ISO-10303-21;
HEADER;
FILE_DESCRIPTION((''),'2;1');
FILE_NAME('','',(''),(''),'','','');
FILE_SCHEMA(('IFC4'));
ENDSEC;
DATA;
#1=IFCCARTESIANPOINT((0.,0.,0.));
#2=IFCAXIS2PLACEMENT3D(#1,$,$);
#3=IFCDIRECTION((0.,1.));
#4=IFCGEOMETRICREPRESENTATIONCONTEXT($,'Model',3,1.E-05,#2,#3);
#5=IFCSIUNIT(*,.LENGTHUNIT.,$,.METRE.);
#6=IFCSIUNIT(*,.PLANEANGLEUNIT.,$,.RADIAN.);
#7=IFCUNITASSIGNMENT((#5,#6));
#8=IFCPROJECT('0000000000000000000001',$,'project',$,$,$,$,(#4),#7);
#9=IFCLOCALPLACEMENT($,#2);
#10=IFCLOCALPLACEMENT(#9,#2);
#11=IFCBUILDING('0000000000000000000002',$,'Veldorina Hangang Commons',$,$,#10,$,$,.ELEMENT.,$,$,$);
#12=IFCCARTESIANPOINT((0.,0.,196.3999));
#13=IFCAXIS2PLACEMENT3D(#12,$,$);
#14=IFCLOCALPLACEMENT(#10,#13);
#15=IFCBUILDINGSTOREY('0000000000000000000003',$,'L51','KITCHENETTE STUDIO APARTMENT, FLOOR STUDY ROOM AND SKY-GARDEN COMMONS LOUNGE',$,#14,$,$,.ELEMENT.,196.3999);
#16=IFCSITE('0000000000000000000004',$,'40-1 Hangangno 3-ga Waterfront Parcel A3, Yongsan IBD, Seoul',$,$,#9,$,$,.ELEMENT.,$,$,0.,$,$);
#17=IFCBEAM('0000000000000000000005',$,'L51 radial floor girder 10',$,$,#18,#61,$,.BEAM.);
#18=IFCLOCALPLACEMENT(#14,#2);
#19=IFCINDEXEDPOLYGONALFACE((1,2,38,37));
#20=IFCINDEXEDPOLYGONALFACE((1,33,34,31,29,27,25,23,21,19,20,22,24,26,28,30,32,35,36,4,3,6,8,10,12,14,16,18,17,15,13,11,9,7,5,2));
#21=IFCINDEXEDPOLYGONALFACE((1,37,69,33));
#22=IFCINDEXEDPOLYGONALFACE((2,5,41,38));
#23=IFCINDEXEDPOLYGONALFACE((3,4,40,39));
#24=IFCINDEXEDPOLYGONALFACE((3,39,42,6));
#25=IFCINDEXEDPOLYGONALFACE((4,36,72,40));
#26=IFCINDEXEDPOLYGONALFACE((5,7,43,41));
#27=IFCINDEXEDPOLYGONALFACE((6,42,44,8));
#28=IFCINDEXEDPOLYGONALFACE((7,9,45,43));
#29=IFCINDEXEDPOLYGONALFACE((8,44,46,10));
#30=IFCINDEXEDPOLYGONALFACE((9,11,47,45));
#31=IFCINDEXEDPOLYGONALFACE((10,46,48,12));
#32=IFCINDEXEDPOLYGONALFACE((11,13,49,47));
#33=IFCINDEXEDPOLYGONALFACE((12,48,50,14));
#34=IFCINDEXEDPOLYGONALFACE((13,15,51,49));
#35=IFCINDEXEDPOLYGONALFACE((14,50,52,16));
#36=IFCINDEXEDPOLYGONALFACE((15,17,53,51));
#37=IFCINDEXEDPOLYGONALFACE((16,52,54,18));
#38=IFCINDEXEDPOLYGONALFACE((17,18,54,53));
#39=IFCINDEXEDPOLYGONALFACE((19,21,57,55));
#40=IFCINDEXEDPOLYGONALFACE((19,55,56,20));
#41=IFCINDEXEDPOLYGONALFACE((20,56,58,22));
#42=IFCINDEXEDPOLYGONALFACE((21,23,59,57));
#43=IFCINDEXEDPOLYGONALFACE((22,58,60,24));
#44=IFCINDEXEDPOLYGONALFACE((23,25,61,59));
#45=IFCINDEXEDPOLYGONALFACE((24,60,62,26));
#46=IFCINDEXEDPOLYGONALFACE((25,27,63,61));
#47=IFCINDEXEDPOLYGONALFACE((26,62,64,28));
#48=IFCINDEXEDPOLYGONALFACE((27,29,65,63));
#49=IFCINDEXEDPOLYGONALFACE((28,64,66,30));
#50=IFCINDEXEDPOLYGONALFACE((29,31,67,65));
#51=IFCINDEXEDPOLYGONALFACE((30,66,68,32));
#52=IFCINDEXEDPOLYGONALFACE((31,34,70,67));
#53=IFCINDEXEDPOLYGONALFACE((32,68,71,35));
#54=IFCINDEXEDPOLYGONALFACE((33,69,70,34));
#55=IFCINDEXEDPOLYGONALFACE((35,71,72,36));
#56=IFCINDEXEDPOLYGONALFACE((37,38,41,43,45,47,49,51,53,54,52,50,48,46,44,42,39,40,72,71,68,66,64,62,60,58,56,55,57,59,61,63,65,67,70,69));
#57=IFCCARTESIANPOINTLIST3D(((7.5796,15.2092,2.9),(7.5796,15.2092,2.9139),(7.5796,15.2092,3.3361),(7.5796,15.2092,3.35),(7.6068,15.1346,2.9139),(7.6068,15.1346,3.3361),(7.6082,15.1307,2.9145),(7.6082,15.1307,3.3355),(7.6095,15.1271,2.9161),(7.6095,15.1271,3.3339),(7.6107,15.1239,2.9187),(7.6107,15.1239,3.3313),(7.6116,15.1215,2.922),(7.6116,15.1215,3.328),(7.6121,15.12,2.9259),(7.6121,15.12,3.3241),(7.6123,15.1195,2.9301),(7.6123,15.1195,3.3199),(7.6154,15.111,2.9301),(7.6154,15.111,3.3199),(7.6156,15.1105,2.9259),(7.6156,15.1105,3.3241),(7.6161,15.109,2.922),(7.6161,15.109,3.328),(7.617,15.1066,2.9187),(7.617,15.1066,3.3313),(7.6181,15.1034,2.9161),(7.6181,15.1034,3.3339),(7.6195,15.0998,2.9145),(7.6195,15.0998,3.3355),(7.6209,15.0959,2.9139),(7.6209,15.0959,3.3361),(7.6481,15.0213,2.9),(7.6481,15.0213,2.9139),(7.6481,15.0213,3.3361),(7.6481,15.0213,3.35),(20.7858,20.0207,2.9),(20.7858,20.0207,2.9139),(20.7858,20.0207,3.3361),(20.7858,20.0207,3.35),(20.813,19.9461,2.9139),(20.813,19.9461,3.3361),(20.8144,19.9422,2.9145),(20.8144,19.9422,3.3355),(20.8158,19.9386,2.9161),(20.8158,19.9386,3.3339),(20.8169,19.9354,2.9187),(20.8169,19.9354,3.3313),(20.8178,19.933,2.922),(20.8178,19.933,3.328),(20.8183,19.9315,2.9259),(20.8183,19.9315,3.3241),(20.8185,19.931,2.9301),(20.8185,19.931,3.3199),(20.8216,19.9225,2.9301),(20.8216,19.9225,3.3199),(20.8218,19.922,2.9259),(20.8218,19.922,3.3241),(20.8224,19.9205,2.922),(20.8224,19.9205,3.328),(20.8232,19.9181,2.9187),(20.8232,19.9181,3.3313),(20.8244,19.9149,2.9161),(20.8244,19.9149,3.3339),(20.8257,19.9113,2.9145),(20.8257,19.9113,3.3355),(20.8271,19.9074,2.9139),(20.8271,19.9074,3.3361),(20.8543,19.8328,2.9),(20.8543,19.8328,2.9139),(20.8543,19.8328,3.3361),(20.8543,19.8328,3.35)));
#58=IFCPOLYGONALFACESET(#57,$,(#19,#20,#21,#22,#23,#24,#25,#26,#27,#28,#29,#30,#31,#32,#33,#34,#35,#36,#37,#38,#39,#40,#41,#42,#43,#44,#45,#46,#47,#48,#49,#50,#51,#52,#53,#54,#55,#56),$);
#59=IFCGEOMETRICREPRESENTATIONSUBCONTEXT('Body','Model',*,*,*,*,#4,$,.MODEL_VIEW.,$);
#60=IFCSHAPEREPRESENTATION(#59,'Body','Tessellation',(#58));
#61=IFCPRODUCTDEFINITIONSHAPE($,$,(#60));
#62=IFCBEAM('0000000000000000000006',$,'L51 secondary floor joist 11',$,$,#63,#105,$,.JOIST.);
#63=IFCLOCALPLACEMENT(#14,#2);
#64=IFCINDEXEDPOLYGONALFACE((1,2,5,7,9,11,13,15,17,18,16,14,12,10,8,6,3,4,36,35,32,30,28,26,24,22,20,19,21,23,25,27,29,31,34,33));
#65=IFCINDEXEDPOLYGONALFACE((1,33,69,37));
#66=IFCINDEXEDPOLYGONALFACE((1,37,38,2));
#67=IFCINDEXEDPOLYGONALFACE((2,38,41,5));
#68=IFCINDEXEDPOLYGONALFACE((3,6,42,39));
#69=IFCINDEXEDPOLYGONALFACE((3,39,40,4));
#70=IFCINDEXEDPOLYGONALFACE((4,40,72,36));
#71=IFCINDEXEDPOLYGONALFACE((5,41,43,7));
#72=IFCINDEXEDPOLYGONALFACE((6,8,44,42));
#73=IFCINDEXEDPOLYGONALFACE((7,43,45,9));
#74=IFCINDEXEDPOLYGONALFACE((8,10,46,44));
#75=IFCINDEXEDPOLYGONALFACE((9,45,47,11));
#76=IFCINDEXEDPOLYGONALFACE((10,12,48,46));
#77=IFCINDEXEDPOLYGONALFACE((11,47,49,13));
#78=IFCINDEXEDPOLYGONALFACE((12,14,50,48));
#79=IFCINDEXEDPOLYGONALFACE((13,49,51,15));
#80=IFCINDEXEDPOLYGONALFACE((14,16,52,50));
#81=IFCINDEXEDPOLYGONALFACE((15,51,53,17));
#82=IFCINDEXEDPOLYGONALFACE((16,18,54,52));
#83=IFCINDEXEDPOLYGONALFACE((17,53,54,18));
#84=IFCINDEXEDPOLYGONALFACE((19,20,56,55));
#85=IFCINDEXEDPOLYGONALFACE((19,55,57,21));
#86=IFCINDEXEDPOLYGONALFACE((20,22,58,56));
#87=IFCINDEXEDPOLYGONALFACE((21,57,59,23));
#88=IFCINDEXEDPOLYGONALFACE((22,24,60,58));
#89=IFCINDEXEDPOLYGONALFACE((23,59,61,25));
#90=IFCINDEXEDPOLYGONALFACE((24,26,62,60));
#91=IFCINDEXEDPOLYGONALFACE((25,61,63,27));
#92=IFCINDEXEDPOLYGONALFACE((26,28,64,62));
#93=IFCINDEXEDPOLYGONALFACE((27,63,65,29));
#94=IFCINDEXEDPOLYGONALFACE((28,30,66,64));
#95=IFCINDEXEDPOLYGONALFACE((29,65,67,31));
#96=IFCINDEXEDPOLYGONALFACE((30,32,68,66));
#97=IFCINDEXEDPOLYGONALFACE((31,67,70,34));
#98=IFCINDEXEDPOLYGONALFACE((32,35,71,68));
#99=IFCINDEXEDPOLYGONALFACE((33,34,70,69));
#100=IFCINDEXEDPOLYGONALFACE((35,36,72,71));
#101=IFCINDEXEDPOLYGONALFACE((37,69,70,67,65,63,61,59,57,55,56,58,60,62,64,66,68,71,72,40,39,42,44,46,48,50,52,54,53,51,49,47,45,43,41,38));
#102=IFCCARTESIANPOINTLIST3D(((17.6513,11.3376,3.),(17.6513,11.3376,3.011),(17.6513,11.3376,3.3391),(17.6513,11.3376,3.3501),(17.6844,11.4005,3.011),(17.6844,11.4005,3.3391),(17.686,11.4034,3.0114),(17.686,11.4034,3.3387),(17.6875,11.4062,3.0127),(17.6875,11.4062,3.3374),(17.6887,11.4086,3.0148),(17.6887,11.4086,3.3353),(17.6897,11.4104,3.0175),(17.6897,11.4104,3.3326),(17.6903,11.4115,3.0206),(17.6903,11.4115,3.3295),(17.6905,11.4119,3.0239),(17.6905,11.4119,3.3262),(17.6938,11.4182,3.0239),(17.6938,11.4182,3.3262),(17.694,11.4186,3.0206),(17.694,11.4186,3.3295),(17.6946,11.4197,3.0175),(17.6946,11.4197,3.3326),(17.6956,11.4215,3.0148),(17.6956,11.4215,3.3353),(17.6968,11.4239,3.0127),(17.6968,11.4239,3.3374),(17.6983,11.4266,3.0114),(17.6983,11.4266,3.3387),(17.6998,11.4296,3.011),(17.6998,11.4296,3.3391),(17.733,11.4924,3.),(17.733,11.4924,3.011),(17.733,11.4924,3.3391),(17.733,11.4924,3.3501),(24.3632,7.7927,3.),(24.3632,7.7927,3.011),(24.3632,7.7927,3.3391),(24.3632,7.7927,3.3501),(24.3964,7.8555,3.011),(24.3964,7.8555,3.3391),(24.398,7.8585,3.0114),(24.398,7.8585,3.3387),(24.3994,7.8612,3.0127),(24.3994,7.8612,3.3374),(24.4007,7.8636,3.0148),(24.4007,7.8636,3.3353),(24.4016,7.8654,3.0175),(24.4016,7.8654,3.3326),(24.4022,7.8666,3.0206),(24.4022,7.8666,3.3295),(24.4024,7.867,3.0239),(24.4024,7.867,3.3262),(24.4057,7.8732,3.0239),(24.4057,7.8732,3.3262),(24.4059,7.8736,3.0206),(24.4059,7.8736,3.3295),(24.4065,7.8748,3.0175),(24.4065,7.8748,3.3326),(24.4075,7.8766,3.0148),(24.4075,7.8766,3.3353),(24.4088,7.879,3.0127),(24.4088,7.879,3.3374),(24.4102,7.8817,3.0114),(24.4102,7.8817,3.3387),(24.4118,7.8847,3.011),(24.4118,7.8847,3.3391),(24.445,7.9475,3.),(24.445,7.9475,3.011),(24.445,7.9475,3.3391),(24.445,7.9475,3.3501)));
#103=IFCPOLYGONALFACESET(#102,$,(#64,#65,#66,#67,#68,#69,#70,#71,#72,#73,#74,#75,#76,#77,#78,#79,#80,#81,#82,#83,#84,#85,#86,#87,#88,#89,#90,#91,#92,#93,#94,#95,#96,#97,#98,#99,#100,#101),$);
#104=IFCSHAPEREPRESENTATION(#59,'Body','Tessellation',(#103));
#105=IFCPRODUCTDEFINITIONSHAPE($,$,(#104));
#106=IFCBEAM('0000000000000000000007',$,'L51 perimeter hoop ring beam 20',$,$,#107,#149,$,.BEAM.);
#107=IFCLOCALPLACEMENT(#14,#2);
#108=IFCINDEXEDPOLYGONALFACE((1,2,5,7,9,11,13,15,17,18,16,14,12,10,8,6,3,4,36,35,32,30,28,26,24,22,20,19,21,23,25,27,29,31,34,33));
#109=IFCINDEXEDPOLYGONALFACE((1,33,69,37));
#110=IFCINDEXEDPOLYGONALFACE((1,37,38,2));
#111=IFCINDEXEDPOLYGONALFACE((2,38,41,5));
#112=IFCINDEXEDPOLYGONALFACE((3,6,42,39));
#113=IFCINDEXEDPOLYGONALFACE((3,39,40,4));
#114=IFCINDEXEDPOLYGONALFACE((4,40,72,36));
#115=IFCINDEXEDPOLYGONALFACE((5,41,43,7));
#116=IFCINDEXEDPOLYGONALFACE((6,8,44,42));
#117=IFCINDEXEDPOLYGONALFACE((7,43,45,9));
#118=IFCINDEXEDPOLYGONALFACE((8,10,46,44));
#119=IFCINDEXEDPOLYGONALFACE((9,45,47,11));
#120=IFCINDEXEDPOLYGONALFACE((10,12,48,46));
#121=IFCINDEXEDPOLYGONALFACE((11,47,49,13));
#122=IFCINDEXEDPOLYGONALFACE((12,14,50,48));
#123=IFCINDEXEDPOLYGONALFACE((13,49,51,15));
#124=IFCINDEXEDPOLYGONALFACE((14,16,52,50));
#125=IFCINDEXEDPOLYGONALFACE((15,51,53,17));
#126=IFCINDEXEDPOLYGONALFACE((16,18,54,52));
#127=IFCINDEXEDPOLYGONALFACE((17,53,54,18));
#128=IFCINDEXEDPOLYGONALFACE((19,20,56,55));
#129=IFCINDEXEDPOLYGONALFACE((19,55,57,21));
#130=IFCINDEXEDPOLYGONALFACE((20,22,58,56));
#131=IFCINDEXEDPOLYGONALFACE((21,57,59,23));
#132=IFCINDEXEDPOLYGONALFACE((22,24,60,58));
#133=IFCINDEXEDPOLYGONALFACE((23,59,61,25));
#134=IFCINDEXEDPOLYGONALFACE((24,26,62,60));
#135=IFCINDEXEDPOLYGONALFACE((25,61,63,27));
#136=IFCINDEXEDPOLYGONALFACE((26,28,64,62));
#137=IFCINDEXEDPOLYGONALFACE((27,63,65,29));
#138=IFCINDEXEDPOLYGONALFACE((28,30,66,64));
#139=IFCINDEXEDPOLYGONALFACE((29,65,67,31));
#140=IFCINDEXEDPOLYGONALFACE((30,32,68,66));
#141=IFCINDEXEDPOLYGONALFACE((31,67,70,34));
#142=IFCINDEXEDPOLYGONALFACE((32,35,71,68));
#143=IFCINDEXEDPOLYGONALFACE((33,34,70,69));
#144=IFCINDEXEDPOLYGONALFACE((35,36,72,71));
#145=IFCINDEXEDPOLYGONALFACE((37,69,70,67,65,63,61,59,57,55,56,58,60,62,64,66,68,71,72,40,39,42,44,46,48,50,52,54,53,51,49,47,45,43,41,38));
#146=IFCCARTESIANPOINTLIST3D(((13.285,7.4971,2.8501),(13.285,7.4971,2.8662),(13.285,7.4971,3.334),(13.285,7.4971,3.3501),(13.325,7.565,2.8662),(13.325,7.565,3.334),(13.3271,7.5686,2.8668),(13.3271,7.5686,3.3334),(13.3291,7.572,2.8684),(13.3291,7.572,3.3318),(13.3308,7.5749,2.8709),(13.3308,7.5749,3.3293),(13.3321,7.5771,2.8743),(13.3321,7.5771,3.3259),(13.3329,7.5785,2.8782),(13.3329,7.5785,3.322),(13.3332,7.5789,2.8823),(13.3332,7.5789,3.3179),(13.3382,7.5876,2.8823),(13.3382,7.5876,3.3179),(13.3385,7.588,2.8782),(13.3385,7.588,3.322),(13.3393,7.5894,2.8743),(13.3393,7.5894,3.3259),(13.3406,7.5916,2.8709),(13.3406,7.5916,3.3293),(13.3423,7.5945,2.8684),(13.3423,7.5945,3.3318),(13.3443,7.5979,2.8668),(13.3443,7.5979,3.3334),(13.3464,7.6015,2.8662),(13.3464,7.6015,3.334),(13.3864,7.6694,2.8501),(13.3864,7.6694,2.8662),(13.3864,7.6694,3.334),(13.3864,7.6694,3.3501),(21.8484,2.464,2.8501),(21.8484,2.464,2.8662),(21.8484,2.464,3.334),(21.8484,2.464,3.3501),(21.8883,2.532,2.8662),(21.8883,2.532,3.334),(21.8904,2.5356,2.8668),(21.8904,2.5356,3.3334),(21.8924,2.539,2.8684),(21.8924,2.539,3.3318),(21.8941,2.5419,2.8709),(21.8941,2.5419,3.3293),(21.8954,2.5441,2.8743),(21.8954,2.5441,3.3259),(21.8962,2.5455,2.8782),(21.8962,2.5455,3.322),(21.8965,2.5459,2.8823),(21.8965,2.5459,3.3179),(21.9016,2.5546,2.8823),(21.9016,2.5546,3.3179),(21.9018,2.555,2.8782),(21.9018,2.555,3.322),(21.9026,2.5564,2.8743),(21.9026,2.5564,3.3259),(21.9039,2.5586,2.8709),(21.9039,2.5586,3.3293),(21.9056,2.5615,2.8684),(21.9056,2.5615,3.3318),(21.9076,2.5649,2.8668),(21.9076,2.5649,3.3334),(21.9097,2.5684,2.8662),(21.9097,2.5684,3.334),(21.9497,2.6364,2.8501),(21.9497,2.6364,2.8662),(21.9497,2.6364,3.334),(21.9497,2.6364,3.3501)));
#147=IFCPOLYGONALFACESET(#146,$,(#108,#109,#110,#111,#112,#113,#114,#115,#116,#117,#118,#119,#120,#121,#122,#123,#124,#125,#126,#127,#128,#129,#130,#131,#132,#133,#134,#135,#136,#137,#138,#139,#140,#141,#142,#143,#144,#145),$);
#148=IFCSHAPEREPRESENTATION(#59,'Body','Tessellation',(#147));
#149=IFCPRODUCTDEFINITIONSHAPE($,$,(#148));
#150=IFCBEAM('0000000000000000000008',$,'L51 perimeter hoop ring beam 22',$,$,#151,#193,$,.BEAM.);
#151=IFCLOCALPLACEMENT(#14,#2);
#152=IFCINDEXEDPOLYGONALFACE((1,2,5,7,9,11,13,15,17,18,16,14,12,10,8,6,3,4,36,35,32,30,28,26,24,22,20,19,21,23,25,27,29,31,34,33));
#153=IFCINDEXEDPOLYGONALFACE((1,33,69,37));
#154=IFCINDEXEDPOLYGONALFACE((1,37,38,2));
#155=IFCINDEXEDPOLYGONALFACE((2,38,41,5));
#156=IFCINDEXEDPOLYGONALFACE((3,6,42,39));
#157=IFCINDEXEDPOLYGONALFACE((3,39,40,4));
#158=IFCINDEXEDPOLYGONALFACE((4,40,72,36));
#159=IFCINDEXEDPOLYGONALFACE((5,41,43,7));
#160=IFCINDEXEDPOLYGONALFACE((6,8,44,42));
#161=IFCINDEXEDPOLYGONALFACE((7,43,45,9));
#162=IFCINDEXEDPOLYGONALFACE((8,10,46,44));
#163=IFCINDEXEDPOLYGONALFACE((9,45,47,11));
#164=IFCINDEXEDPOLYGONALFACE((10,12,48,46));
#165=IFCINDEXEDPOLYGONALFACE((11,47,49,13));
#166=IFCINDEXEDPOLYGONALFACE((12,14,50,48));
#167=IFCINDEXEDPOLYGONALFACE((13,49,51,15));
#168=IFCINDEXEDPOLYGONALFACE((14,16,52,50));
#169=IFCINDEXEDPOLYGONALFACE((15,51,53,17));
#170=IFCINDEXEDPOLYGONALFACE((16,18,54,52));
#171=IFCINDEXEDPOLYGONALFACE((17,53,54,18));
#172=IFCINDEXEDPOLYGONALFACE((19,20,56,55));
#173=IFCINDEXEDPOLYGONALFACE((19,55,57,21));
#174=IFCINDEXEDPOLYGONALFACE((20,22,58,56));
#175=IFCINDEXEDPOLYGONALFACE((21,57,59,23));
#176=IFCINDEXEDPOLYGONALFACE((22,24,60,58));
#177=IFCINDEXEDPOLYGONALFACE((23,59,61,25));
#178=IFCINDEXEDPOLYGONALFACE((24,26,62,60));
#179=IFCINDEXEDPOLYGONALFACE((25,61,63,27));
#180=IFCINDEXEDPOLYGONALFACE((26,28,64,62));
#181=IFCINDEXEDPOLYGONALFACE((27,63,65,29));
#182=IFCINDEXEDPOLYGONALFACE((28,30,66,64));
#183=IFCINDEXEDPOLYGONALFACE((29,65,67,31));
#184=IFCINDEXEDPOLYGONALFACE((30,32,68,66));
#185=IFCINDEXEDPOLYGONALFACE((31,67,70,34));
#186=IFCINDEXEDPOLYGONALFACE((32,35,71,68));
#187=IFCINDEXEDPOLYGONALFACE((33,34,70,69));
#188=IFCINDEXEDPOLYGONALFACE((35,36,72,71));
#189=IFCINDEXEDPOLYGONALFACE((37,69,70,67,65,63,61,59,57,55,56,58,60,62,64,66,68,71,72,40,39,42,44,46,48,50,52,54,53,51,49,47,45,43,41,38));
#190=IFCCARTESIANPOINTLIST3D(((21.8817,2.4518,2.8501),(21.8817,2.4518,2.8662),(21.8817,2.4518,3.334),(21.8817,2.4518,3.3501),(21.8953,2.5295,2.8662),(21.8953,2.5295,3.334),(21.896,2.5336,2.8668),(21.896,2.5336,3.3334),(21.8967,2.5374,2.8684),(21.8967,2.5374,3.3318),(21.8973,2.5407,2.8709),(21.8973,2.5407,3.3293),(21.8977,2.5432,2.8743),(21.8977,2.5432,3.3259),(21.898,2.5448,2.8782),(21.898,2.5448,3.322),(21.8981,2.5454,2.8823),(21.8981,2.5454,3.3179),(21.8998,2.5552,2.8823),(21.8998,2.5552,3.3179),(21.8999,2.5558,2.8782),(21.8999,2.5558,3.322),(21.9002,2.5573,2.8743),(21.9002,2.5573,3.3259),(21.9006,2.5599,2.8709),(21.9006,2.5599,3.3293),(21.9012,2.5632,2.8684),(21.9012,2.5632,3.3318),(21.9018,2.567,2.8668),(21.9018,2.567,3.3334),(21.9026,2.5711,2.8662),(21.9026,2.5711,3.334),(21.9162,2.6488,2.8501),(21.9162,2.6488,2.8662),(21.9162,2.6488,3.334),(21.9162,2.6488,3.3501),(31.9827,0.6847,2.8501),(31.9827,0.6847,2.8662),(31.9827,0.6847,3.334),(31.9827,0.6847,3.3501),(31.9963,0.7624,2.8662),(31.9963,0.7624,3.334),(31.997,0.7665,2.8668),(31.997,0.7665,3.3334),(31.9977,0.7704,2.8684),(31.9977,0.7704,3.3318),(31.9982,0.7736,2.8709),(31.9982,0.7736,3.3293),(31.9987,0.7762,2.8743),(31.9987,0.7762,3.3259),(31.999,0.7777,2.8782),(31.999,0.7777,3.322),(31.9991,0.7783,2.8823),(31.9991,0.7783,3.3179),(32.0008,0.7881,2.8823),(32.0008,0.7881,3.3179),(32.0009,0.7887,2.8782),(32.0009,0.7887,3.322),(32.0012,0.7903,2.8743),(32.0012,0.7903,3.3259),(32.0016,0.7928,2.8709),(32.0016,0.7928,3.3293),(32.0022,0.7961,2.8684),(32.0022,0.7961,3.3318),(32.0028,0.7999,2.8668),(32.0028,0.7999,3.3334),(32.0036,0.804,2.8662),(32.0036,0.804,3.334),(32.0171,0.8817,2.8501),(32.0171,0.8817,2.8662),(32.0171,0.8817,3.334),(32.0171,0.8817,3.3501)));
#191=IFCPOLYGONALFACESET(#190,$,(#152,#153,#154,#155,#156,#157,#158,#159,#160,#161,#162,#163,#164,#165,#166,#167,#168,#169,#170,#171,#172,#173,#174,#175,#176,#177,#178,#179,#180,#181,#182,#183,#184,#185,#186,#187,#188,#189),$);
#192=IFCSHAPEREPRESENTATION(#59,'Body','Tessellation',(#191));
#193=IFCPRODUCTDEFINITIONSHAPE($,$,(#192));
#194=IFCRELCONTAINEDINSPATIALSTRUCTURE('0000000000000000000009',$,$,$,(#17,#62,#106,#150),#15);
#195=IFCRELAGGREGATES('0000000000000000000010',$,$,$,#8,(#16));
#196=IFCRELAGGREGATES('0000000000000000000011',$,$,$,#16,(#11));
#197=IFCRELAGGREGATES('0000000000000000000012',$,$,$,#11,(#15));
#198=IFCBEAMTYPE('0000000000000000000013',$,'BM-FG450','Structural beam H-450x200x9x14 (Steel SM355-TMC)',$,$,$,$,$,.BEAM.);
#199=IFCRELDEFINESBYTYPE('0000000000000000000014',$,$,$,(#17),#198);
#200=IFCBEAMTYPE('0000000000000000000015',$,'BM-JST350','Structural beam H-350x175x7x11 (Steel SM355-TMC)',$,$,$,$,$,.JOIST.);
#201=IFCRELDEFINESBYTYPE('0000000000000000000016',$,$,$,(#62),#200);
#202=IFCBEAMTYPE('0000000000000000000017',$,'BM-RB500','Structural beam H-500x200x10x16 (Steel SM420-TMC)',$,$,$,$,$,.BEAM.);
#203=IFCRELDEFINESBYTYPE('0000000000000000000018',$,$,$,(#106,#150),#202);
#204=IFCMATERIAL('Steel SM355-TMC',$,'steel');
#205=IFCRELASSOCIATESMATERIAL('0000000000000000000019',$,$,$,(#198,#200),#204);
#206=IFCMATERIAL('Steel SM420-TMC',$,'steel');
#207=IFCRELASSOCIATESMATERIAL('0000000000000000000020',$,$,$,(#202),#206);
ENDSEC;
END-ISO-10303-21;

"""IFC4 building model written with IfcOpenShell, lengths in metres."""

from ifc_helpers import new_model, si_unit, direction, frame, origin, origin_2d, place, context, subcontext, project, spatial, i_section, extrude, material, material_profile, profile_set, type_object, element, save


model = new_model("IFC4")

# Units and contexts
model_context = context("Model", 3, precision=1e-05, world=origin(), true_north=direction((0.0, 1.0)))
body_context = subcontext(model_context, "Body", "Model", "MODEL_VIEW")
ifc_project = project(units=[si_unit("LENGTHUNIT", "METRE"), si_unit("PLANEANGLEUNIT", "RADIAN")], contexts=[model_context])

# Site, building, storey
site_placement = place(None, origin())
site = spatial("IfcSite", under=ifc_project, at=site_placement, Name="40-1 Hangangno 3-ga Waterfront Parcel A3, Yongsan IBD, Seoul", CompositionType="ELEMENT", RefElevation=0.0)
building_placement = place(site_placement, origin())
building = spatial("IfcBuilding", under=site, at=building_placement, Name="Veldorina Hangang Commons", CompositionType="ELEMENT")
storey_placement = place(building_placement, frame((0.0, 0.0, 196.3999)))
storey = spatial("IfcBuildingStorey", under=building, at=storey_placement, Name="L51", Description="KITCHENETTE STUDIO APARTMENT, FLOOR STUDY ROOM AND SKY-GARDEN COMMONS LOUNGE", CompositionType="ELEMENT", Elevation=196.3999)

# Beams
ifc_material_1 = material(Name="Steel SM355-TMC", Category="steel")
ifc_material_profile_1 = material_profile(ifc_material_1, i_section(OverallWidth=0.2, OverallDepth=0.45, WebThickness=0.009, FlangeThickness=0.0139, FilletRadius=0.0161, at=origin_2d()), Name="H-450x200x9x14")
ifc_profile_set_1 = profile_set([ifc_material_profile_1], Name="Steel SM355-TMC")
beam_type_1 = type_object("IfcBeamType", Name="BM-FG450", Description="Structural beam H-450x200x9x14 (Steel SM355-TMC)", PredefinedType="BEAM", material=ifc_profile_set_1)
beam_1_placement = place(storey_placement, frame((20.8201, 19.9268, 3.125), z_axis=(-0.939582, -0.342323, 0.0), x_axis=(0.342323, -0.939582, 0.0)))
element("IfcBeam", 1, at=beam_1_placement, inside=storey, type_object=beam_type_1, Name="L51 radial floor girder 10", PredefinedType="BEAM", context=body_context, shape_type="SweptSolid", body=[
    extrude(i_section(OverallWidth=0.2, OverallDepth=0.45, WebThickness=0.009, FlangeThickness=0.0139, FilletRadius=0.0161, at=origin_2d()), origin(), (0.0, 0.0, 1.0), 14.0554),
])
ifc_material_profile_2 = material_profile(ifc_material_1, i_section(OverallWidth=0.175, OverallDepth=0.3501, WebThickness=0.0071, FlangeThickness=0.011, FilletRadius=0.0129, at=origin_2d()), Name="H-350x175x7x11")
ifc_profile_set_2 = profile_set([ifc_material_profile_2], Name="Steel SM355-TMC")
beam_type_2 = type_object("IfcBeamType", Name="BM-JST350", Description="Structural beam H-350x175x7x11 (Steel SM355-TMC)", PredefinedType="JOIST", material=ifc_profile_set_2)
beam_2_placement = place(storey_placement, frame((17.6921, 11.415, 3.175), z_axis=(0.884248, -0.467019, 0.0), x_axis=(0.467019, 0.884248, 0.0)))
element("IfcBeam", 2, at=beam_2_placement, inside=storey, type_object=beam_type_2, Name="L51 secondary floor joist 11", PredefinedType="JOIST", context=body_context, shape_type="SweptSolid", body=[
    extrude(i_section(OverallWidth=0.175, OverallDepth=0.3501, WebThickness=0.0071, FlangeThickness=0.011, FilletRadius=0.0129, at=origin_2d()), origin(), (0.0, 0.0, 1.0), 7.5906),
])
ifc_material_2 = material(Name="Steel SM420-TMC", Category="steel")
ifc_material_profile_3 = material_profile(ifc_material_2, i_section(OverallWidth=0.2, OverallDepth=0.5, WebThickness=0.01, FlangeThickness=0.0161, FilletRadius=0.0161, at=origin_2d()), Name="H-500x200x10x16")
ifc_profile_set_3 = profile_set([ifc_material_profile_3], Name="Steel SM420-TMC")
beam_type_3 = type_object("IfcBeamType", Name="BM-RB500", Description="Structural beam H-500x200x10x16 (Steel SM420-TMC)", PredefinedType="BEAM", material=ifc_profile_set_3)
beam_3_placement = place(storey_placement, frame((13.3357, 7.5833, 3.1001), z_axis=(0.862121, -0.506703, 0.0), x_axis=(0.506703, 0.862121, 0.0)))
element("IfcBeam", 3, at=beam_3_placement, inside=storey, type_object=beam_type_3, Name="L51 perimeter hoop ring beam 20", PredefinedType="BEAM", context=body_context, shape_type="SweptSolid", body=[
    extrude(i_section(OverallWidth=0.2, OverallDepth=0.5, WebThickness=0.01, FlangeThickness=0.0161, FilletRadius=0.0161, at=origin_2d()), origin(), (0.0, 0.0, 1.0), 9.9329),
])
beam_4_placement = place(storey_placement, frame((21.8989, 2.5503, 3.1001), z_axis=(0.98504, -0.172324, 0.0), x_axis=(0.172324, 0.98504, 0.0)))
element("IfcBeam", 4, at=beam_4_placement, inside=storey, type_object=beam_type_3, Name="L51 perimeter hoop ring beam 22", PredefinedType="BEAM", context=body_context, shape_type="SweptSolid", body=[
    extrude(i_section(OverallWidth=0.2, OverallDepth=0.5, WebThickness=0.01, FlangeThickness=0.0161, FilletRadius=0.0161, at=origin_2d()), origin(), (0.0, 0.0, 1.0), 10.2544),
])

save(model, "model.ifc")
